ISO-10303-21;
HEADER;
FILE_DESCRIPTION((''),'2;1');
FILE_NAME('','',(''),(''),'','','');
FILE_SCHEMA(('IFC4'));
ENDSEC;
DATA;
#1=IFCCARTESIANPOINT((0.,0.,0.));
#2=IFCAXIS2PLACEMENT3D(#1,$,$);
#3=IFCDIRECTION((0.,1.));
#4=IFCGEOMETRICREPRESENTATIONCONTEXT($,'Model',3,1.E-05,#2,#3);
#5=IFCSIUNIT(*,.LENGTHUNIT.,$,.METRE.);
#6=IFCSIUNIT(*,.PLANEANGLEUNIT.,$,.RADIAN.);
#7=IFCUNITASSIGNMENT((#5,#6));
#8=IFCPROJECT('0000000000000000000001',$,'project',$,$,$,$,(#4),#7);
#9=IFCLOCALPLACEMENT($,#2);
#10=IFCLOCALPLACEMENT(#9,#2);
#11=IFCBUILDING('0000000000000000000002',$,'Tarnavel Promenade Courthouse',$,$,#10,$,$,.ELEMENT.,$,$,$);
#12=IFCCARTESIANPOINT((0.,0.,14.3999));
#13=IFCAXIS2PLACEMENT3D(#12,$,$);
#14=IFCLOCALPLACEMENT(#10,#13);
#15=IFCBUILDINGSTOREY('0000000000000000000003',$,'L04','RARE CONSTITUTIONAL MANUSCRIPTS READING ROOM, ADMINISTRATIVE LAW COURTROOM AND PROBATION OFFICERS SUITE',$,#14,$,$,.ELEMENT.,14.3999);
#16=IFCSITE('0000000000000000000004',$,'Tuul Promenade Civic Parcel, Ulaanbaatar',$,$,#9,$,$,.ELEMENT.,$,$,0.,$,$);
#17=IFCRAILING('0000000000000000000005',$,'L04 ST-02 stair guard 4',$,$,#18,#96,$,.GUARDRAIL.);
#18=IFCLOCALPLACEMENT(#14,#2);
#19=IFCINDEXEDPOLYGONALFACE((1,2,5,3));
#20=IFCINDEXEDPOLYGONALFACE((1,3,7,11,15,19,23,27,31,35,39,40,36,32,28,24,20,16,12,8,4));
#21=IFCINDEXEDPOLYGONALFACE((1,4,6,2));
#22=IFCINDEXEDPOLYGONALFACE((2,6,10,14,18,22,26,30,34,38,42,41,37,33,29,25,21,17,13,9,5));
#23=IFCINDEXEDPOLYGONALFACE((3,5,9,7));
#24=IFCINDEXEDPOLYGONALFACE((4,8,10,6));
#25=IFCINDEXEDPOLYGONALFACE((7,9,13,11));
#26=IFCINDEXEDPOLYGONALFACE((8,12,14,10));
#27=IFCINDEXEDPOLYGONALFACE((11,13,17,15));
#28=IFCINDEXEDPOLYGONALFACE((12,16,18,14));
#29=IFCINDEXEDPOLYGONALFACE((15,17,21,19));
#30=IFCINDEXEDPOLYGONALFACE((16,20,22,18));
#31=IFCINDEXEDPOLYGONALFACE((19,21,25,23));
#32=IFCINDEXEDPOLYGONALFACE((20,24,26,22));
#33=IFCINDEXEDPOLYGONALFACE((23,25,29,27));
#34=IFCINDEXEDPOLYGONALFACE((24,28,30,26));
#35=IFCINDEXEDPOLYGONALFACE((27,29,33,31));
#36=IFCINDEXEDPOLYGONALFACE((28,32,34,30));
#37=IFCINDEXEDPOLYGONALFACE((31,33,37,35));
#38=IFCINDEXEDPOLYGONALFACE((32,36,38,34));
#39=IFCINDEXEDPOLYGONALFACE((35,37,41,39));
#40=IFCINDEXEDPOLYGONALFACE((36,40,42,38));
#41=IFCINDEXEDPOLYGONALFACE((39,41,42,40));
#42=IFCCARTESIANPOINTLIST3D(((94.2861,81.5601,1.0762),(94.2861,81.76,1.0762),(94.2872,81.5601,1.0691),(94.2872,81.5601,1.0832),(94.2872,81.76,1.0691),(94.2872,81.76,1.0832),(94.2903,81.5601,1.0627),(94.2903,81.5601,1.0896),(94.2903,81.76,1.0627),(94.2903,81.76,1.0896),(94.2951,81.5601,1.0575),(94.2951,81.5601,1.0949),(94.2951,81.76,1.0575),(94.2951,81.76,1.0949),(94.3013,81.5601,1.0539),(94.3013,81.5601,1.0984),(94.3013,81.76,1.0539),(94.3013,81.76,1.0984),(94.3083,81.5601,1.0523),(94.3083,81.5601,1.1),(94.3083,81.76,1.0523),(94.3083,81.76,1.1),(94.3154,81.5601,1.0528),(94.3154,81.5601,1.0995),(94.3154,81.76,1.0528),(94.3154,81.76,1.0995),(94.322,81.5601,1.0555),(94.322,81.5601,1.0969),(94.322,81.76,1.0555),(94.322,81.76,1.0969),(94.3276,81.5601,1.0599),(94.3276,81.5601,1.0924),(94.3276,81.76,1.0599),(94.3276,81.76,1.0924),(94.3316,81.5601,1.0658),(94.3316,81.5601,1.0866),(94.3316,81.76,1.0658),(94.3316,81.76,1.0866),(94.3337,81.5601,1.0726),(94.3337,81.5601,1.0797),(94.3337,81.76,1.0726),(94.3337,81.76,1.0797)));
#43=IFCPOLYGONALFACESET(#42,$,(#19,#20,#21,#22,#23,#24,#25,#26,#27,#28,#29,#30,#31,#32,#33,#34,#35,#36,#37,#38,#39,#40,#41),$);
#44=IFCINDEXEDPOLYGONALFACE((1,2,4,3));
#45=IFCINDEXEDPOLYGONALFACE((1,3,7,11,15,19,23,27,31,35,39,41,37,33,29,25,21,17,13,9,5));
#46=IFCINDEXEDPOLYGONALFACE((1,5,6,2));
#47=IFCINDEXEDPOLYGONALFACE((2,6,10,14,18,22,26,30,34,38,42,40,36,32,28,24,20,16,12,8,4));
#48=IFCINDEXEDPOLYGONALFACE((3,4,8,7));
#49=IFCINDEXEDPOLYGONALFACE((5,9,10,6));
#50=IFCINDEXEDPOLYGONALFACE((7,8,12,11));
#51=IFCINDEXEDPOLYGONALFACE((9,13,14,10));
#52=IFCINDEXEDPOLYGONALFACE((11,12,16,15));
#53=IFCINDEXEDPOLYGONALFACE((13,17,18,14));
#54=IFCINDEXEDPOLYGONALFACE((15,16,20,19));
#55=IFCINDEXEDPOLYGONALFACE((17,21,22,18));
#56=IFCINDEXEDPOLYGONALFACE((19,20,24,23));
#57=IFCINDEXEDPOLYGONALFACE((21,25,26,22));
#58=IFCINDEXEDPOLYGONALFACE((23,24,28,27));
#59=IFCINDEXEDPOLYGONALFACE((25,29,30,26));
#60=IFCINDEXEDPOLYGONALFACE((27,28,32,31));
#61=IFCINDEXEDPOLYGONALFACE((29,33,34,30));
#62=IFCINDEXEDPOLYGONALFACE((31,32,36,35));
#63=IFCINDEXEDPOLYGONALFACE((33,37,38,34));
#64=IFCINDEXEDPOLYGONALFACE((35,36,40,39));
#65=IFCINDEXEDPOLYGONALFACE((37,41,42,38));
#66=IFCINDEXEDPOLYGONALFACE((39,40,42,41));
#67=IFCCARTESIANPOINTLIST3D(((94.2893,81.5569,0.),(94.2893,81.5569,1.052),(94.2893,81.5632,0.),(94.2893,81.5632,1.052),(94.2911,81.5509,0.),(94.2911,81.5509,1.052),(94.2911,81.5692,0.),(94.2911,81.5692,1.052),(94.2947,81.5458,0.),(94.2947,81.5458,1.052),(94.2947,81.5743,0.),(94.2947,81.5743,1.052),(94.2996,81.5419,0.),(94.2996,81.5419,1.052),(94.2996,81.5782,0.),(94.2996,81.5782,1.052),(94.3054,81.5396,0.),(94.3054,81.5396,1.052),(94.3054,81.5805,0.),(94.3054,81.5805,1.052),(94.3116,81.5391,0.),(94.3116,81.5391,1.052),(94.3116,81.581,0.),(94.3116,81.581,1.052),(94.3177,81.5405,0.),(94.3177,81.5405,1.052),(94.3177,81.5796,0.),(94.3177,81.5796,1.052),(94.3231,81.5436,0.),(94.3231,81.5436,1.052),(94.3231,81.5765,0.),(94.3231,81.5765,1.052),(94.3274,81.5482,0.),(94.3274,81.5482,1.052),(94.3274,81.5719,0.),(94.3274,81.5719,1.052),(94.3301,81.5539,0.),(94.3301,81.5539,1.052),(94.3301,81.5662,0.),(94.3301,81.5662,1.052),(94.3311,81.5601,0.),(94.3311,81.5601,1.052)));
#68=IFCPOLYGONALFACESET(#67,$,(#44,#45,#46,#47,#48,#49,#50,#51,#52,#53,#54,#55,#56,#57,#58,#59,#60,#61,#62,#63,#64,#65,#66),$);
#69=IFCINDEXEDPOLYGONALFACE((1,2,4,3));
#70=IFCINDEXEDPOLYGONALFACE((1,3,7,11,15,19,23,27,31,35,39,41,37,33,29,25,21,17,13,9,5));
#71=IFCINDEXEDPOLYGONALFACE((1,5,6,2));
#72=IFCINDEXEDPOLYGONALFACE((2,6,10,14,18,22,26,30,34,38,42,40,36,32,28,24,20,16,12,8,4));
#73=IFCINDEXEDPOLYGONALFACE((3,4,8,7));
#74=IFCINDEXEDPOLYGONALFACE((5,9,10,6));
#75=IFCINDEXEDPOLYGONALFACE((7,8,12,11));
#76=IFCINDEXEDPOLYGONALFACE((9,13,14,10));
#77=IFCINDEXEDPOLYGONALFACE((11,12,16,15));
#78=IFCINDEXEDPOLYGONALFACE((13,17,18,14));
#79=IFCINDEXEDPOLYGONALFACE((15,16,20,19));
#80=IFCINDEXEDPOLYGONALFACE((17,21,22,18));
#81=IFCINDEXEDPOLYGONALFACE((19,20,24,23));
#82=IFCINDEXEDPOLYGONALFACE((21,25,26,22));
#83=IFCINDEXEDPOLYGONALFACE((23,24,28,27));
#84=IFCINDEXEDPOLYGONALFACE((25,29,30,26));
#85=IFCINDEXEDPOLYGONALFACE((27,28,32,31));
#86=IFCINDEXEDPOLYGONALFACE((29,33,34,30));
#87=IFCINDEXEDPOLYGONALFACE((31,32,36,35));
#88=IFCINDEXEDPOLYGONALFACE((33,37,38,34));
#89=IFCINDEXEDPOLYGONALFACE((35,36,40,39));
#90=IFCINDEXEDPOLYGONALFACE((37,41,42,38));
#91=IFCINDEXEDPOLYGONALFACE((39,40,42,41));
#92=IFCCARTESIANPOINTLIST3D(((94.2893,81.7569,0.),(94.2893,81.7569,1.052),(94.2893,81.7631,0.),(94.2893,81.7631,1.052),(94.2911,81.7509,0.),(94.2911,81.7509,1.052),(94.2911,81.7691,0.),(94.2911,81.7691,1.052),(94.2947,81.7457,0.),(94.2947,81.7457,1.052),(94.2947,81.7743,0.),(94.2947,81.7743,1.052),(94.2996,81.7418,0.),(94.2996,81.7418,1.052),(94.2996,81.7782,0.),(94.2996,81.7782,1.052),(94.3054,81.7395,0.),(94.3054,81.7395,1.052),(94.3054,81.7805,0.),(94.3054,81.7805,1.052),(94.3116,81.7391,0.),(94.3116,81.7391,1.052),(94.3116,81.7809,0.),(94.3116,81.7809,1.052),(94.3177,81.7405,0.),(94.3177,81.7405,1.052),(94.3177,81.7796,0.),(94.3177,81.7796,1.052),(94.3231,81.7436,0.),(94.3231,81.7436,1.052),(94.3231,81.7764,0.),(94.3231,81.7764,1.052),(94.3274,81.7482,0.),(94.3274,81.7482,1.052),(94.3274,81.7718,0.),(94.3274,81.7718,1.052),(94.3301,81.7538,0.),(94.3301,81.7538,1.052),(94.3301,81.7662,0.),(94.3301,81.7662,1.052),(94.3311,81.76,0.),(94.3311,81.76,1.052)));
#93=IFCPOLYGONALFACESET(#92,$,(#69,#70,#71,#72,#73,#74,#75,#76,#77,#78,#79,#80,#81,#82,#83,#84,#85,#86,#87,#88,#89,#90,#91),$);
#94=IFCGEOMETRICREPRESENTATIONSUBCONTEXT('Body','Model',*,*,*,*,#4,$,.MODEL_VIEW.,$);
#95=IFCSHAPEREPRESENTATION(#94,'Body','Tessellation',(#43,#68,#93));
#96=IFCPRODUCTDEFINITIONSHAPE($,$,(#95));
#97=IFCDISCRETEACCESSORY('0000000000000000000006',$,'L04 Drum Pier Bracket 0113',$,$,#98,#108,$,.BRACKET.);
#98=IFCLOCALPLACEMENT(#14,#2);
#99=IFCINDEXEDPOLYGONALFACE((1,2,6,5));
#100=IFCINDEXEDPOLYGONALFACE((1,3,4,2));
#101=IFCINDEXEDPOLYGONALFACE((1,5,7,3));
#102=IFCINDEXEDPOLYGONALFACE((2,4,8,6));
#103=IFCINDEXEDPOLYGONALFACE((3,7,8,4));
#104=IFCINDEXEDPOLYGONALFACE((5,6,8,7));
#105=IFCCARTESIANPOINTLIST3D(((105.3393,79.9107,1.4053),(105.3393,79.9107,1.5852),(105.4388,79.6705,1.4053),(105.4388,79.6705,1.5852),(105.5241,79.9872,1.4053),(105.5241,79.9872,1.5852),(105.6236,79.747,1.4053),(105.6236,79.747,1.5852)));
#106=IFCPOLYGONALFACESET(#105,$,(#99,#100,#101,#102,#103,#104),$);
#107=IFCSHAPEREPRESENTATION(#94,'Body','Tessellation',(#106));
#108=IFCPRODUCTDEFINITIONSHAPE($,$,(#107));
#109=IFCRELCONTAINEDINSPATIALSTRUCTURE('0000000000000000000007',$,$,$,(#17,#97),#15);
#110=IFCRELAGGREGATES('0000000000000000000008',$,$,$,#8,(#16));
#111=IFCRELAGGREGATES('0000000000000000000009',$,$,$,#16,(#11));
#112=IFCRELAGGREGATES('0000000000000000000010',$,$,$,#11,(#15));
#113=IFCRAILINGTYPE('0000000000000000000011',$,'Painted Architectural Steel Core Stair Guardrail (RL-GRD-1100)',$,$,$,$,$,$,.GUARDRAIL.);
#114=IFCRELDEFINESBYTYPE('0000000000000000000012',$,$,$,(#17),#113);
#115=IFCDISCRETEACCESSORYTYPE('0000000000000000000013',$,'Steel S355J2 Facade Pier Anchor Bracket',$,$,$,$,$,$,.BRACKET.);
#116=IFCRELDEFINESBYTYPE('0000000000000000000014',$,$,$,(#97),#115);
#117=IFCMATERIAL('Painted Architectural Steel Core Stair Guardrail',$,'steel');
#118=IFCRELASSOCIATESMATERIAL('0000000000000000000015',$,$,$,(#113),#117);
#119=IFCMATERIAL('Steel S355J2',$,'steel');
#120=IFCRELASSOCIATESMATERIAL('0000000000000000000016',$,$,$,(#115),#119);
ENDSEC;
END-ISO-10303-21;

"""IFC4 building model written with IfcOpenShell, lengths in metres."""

from ifc_helpers import new_model, si_unit, direction, frame, origin, origin_2d, place, context, subcontext, project, spatial, rectangle, circle, extrude, material, type_object, element, save


model = new_model("IFC4")

# Units and contexts
model_context = context("Model", 3, precision=1e-05, world=origin(), true_north=direction((0.0, 1.0)))
body_context = subcontext(model_context, "Body", "Model", "MODEL_VIEW")
ifc_project = project(units=[si_unit("LENGTHUNIT", "METRE"), si_unit("PLANEANGLEUNIT", "RADIAN")], contexts=[model_context])

# Site, building, storey
site_placement = place(None, origin())
site = spatial("IfcSite", under=ifc_project, at=site_placement, Name="Tuul Promenade Civic Parcel, Ulaanbaatar", CompositionType="ELEMENT", RefElevation=0.0)
building_placement = place(site_placement, origin())
building = spatial("IfcBuilding", under=site, at=building_placement, Name="Tarnavel Promenade Courthouse", CompositionType="ELEMENT")
storey_placement = place(building_placement, frame((0.0, 0.0, 14.3999)))
storey = spatial("IfcBuildingStorey", under=building, at=storey_placement, Name="L04", Description="RARE CONSTITUTIONAL MANUSCRIPTS READING ROOM, ADMINISTRATIVE LAW COURTROOM AND PROBATION OFFICERS SUITE", CompositionType="ELEMENT", Elevation=14.3999)

# Railing
ifc_material_1 = material(Name="Painted Architectural Steel Core Stair Guardrail", Category="steel")
railing_type_1 = type_object("IfcRailingType", Name="Painted Architectural Steel Core Stair Guardrail (RL-GRD-1100)", PredefinedType="GUARDRAIL", material=ifc_material_1)
railing_1_placement = place(storey_placement, frame((94.3101, 81.5601, 0.0)))
element("IfcRailing", 1, at=railing_1_placement, inside=storey, type_object=railing_type_1, Name="L04 ST-02 stair guard 4", PredefinedType="GUARDRAIL", context=body_context, shape_type="SweptSolid", body=[
    extrude(circle(Radius=0.0239, at=origin_2d()), frame((0.0, 0.0, 1.0762), z_axis=(0.0, 1.0, 0.0), x_axis=(-1.0, 0.0, 0.0)), (0.0, 0.0, 1.0), 0.2),
    extrude(circle(Radius=0.021, at=origin_2d()), origin(), (0.0, 0.0, 1.0), 1.052),
    extrude(circle(Radius=0.021, at=origin_2d()), frame((0.0, 0.2, 0.0)), (0.0, 0.0, 1.0), 1.052),
])

# Discrete accessory
ifc_material_2 = material(Name="Steel S355J2", Category="steel")
discrete_accessory_type = type_object("IfcDiscreteAccessoryType", Name="Steel S355J2 Facade Pier Anchor Bracket", PredefinedType="BRACKET", material=ifc_material_2)
discrete_accessory_placement = place(storey_placement, frame((105.4814, 79.8289, 1.4053), z_axis=(0.0, 0.0, 1.0), x_axis=(0.92388, 0.382683, 0.0)))
element("IfcDiscreteAccessory", 2, at=discrete_accessory_placement, inside=storey, type_object=discrete_accessory_type, Name="L04 Drum Pier Bracket 0113", PredefinedType="BRACKET", context=body_context, shape_type="SweptSolid", body=[
    extrude(rectangle(XDim=0.2, YDim=0.26, at=origin_2d()), origin(), (0.0, 0.0, 1.0), 0.1799),
])

save(model, "model.ifc")
